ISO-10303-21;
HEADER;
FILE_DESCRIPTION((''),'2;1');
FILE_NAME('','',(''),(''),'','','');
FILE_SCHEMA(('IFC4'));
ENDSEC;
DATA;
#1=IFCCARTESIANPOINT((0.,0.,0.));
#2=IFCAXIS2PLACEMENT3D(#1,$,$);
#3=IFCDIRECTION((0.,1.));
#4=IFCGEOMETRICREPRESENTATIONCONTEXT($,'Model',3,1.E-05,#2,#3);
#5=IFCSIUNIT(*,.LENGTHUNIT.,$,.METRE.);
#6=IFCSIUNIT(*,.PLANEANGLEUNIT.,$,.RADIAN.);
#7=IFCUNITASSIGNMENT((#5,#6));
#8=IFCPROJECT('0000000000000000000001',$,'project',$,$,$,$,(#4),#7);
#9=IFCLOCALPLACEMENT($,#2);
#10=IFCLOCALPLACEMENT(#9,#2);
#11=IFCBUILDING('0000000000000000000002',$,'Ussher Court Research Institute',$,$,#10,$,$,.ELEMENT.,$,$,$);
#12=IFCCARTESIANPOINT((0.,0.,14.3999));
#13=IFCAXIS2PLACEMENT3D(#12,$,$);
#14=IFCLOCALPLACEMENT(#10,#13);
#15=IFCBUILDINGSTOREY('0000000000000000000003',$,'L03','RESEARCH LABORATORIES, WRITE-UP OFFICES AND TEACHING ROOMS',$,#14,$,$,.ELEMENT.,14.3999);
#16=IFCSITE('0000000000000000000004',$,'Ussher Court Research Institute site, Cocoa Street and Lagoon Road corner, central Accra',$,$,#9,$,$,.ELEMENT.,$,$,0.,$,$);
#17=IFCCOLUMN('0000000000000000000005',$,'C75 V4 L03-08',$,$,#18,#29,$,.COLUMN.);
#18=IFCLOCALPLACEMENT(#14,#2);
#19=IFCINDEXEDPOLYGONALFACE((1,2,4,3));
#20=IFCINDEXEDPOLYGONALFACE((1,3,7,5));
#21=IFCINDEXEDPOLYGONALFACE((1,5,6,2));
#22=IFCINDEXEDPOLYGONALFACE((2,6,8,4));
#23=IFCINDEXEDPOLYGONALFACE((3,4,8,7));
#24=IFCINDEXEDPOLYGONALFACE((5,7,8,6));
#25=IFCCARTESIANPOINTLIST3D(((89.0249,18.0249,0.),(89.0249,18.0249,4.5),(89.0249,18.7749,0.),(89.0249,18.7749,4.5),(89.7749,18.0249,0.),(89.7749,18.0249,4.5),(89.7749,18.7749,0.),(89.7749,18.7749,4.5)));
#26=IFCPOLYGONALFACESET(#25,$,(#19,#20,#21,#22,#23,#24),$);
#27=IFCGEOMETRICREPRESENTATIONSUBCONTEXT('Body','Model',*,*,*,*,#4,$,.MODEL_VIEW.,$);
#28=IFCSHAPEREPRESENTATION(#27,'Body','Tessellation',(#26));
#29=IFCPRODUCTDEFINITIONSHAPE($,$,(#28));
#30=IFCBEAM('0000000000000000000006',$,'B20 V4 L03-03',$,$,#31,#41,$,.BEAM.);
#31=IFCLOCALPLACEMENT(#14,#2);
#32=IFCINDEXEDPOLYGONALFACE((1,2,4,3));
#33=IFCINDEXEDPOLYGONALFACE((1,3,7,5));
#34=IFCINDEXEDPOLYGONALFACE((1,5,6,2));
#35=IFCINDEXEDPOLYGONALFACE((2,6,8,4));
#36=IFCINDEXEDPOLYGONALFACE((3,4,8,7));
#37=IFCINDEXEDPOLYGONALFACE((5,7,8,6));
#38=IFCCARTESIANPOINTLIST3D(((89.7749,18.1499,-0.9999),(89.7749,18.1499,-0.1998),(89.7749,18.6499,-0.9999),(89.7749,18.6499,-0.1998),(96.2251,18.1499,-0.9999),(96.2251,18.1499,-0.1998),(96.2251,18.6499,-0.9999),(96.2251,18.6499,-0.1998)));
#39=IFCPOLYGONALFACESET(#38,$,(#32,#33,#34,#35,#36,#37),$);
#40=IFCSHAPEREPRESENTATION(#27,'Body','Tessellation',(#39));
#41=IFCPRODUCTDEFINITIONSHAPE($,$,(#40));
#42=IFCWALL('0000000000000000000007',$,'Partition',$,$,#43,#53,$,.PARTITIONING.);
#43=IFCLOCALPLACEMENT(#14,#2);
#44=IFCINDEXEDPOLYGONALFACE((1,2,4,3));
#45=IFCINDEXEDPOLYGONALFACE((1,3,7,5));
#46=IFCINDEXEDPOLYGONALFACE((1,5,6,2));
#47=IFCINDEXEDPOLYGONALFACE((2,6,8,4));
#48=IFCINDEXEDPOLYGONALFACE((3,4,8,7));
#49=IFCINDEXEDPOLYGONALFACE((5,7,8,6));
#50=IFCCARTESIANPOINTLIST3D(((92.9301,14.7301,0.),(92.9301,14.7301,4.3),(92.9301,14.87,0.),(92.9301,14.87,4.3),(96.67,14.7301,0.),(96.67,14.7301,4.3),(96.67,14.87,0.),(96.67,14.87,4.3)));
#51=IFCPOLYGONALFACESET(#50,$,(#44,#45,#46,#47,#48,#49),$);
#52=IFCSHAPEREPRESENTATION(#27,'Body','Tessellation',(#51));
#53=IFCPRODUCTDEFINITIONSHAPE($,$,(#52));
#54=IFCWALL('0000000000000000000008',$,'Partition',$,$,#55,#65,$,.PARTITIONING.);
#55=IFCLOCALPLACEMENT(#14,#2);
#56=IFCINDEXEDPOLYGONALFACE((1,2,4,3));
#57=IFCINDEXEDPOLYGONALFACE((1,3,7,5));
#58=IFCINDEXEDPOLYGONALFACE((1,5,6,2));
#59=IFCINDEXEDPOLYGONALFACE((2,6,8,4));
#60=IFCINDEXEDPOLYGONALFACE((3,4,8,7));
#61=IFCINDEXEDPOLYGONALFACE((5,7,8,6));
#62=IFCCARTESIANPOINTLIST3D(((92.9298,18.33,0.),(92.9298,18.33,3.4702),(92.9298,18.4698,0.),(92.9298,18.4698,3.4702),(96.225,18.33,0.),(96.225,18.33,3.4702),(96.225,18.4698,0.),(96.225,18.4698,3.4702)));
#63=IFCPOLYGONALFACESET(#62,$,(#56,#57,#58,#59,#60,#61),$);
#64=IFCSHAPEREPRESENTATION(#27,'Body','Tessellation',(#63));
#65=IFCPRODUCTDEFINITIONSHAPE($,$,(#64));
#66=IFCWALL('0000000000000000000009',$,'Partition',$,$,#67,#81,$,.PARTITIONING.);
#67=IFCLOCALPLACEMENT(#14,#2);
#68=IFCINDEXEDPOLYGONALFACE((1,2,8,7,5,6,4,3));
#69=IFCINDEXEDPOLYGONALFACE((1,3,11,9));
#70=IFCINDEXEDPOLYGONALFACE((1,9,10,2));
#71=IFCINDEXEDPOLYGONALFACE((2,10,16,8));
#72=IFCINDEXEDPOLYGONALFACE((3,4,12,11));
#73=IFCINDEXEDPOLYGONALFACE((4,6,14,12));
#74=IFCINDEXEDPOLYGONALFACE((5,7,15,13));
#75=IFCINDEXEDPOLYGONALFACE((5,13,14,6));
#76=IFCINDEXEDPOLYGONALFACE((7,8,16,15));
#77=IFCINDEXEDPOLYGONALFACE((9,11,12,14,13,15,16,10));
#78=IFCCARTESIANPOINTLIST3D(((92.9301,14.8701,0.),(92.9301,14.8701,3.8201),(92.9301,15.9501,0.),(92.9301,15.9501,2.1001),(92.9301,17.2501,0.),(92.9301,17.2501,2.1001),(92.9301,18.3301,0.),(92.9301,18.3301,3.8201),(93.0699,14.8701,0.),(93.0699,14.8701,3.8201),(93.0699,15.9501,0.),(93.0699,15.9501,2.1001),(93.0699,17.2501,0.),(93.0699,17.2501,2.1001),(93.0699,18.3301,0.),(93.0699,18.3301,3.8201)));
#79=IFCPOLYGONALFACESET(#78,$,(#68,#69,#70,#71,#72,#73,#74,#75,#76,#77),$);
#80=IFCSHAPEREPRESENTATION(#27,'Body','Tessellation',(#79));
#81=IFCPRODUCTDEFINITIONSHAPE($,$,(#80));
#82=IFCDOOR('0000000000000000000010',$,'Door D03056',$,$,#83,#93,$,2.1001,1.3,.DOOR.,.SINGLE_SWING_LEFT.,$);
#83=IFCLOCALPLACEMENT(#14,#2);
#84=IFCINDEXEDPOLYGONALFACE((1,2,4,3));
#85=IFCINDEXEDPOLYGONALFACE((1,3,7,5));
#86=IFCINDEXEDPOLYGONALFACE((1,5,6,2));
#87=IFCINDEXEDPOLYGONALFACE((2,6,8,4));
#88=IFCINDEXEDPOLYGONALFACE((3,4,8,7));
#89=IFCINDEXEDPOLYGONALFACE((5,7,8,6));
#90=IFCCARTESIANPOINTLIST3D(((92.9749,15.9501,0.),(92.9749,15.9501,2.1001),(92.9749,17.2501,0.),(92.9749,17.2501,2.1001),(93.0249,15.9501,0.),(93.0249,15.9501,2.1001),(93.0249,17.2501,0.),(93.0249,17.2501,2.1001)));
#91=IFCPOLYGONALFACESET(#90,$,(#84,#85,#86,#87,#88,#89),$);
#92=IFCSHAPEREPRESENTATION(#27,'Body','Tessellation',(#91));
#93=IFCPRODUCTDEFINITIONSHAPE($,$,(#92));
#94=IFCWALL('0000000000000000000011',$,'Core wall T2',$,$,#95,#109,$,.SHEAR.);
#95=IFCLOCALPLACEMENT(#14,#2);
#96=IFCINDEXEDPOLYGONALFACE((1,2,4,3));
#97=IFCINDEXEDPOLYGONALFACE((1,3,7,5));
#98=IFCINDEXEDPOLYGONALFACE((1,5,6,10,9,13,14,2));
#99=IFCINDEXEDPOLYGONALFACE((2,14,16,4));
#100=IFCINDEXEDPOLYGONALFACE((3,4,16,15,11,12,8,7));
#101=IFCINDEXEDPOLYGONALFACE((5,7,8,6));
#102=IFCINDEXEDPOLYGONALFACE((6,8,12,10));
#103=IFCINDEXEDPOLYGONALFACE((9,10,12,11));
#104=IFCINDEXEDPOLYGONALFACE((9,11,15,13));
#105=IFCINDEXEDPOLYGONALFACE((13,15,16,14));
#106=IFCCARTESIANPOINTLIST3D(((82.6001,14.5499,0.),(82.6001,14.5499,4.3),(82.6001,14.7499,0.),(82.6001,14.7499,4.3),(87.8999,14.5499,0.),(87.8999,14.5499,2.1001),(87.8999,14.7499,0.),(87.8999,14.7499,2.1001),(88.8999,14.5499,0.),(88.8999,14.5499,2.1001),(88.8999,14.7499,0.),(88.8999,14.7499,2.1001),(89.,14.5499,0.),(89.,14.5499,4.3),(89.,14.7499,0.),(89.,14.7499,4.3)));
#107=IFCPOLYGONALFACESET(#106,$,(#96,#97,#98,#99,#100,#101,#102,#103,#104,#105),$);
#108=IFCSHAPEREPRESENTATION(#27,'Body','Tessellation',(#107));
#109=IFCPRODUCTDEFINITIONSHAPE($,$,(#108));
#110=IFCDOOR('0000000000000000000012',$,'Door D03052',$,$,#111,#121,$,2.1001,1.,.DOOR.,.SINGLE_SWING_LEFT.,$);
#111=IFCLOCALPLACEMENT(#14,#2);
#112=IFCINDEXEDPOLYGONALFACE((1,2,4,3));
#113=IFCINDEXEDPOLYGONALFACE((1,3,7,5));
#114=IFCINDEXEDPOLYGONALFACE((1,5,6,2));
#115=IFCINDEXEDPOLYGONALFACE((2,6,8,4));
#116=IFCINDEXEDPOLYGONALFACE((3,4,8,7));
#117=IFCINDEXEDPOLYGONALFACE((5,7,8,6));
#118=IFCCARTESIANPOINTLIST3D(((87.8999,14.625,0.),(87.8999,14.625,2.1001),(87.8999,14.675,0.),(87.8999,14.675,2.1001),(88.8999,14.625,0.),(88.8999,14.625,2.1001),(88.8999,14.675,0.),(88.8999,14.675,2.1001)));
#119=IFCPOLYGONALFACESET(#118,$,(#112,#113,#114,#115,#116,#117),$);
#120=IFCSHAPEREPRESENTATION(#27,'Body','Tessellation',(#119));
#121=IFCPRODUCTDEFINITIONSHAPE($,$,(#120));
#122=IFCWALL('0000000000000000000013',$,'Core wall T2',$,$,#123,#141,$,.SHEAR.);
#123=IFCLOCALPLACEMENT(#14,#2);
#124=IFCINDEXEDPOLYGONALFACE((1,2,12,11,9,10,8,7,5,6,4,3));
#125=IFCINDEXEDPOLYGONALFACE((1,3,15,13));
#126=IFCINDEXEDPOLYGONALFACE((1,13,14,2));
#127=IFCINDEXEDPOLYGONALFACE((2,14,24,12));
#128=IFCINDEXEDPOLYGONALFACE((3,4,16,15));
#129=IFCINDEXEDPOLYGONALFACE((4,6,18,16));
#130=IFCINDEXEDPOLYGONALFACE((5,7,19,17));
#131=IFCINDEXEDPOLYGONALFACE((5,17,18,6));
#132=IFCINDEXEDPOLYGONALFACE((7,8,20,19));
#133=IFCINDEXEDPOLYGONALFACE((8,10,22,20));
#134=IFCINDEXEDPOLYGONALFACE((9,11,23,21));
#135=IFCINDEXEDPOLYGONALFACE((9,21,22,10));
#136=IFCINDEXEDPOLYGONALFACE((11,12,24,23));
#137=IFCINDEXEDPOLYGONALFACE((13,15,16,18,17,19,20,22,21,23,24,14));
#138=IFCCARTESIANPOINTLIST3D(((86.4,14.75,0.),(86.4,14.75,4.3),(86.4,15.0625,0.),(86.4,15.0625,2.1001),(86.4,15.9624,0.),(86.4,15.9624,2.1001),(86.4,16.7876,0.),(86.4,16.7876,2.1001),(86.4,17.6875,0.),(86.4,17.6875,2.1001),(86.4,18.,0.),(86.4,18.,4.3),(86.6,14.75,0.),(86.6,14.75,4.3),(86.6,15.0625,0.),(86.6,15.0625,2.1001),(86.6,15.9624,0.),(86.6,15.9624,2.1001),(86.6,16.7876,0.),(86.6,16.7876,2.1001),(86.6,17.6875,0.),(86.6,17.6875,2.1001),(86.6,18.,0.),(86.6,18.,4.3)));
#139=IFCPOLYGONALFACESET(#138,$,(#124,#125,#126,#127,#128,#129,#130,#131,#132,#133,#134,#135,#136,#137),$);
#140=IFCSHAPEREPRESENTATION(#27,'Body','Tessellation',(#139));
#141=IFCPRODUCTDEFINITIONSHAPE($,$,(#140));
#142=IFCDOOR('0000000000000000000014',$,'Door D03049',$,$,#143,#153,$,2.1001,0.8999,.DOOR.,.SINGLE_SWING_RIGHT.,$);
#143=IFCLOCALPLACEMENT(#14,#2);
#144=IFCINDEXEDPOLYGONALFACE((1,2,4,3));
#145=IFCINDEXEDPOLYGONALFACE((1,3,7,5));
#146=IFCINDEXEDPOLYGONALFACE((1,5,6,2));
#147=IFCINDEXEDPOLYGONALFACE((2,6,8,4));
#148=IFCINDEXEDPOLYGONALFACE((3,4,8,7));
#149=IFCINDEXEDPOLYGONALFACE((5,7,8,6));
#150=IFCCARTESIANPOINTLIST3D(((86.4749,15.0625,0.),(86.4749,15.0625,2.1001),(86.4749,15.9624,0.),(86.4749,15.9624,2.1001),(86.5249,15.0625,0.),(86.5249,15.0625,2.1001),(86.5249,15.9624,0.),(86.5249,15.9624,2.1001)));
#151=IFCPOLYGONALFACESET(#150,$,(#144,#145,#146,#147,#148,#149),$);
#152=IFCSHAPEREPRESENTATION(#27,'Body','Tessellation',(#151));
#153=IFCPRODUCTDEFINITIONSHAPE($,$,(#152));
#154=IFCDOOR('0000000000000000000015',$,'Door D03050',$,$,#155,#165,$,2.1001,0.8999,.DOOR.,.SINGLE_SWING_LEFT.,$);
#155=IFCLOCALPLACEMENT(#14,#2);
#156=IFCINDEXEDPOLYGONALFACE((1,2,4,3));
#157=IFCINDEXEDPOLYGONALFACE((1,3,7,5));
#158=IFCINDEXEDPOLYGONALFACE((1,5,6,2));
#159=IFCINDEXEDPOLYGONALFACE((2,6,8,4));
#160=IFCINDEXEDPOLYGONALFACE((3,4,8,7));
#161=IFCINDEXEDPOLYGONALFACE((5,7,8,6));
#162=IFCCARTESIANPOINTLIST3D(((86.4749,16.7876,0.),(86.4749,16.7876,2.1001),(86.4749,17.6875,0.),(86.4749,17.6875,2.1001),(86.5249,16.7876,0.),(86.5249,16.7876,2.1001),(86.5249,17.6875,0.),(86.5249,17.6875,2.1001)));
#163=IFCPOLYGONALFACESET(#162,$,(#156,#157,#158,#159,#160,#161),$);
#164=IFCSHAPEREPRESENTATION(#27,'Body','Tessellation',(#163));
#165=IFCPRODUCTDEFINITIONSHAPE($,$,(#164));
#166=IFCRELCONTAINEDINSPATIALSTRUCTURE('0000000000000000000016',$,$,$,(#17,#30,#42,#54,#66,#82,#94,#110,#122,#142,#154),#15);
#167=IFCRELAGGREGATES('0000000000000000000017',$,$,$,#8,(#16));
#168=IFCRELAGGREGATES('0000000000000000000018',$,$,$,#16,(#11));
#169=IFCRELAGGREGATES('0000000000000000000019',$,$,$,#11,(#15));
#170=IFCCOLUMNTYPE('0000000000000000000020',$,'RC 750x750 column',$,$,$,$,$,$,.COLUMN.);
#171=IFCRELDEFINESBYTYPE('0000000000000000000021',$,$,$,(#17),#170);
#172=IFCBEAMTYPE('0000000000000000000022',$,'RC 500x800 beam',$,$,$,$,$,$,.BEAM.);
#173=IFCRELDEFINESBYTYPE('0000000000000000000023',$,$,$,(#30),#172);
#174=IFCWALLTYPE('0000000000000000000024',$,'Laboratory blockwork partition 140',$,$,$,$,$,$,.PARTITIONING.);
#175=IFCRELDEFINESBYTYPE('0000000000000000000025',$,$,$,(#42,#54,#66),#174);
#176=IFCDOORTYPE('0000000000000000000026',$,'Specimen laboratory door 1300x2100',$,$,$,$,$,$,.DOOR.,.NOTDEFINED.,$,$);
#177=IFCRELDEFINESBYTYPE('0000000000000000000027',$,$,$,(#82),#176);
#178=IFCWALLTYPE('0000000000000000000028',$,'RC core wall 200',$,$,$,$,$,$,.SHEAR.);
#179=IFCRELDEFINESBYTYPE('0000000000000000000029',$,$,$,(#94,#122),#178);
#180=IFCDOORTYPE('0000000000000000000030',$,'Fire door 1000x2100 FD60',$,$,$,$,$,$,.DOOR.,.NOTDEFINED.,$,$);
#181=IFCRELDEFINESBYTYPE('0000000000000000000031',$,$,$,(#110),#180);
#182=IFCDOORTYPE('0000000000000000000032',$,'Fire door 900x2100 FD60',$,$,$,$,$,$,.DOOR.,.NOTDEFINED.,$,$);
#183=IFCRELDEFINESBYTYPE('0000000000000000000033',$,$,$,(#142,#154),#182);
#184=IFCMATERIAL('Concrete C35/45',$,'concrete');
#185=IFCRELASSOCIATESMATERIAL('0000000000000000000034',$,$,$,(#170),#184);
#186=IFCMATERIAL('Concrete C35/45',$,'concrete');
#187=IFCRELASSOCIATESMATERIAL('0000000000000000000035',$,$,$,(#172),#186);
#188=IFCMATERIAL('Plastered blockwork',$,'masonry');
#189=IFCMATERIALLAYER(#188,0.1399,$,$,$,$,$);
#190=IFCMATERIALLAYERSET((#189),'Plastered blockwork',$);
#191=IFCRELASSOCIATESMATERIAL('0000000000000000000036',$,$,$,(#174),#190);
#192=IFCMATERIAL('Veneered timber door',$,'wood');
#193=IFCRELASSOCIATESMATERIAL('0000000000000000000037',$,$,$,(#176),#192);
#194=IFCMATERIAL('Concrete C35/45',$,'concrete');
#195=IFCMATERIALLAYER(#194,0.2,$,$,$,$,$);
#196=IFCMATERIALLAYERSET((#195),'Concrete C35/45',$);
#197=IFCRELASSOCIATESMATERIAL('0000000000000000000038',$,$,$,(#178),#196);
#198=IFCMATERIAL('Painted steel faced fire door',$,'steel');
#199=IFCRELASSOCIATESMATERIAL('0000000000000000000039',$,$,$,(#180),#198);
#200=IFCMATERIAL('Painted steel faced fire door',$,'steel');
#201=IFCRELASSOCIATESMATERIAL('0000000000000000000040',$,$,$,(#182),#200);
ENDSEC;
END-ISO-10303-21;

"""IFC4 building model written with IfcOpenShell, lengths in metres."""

from ifc_helpers import new_model, si_unit, direction, frame, frame_2d, origin, origin_2d, place, context, subcontext, project, spatial, rectangle, extrude, material, layer, layer_set, material_profile, profile_set, type_object, element, fill, save


model = new_model("IFC4")

# Units and contexts
model_context = context("Model", 3, precision=1e-05, world=origin(), true_north=direction((0.0, 1.0)))
body_context = subcontext(model_context, "Body", "Model", "MODEL_VIEW")
ifc_project = project(units=[si_unit("LENGTHUNIT", "METRE"), si_unit("PLANEANGLEUNIT", "RADIAN")], contexts=[model_context])

# Site, building, storey
site_placement = place(None, origin())
site = spatial("IfcSite", under=ifc_project, at=site_placement, Name="Ussher Court Research Institute site, Cocoa Street and Lagoon Road corner, central Accra", CompositionType="ELEMENT", RefElevation=0.0)
building_placement = place(site_placement, origin())
building = spatial("IfcBuilding", under=site, at=building_placement, Name="Ussher Court Research Institute", CompositionType="ELEMENT")
storey_placement = place(building_placement, frame((0.0, 0.0, 14.3999)))
storey = spatial("IfcBuildingStorey", under=building, at=storey_placement, Name="L03", Description="RESEARCH LABORATORIES, WRITE-UP OFFICES AND TEACHING ROOMS", CompositionType="ELEMENT", Elevation=14.3999)

# Column
ifc_material_1 = material(Name="Concrete C35/45", Category="concrete")
ifc_material_profile_1 = material_profile(ifc_material_1, rectangle(XDim=0.75, YDim=0.75, at=origin_2d()), Name="RC 750x750")
ifc_profile_set_1 = profile_set([ifc_material_profile_1], Name="Concrete C35/45")
column_type = type_object("IfcColumnType", Name="RC 750x750 column", PredefinedType="COLUMN", material=ifc_profile_set_1)
column_placement = place(storey_placement, frame((89.3999, 18.3999, 0.0), z_axis=(0.0, 0.0, 1.0), x_axis=(1.0, 0.0, 0.0)))
element("IfcColumn", 1, at=column_placement, inside=storey, type_object=column_type, Name="C75 V4 L03-08", PredefinedType="COLUMN", context=body_context, shape_type="SweptSolid", body=[
    extrude(rectangle(XDim=0.75, YDim=0.75, at=origin_2d()), origin(), (0.0, 0.0, 1.0), 4.5),
])

# Beam
ifc_material_2 = material(Name="Concrete C35/45", Category="concrete")
ifc_material_profile_2 = material_profile(ifc_material_2, rectangle(XDim=0.5, YDim=0.8, at=origin_2d()), Name="RC 500x800")
ifc_profile_set_2 = profile_set([ifc_material_profile_2], Name="Concrete C35/45")
beam_type = type_object("IfcBeamType", Name="RC 500x800 beam", PredefinedType="BEAM", material=ifc_profile_set_2)
beam_placement = place(storey_placement, frame((89.7749, 18.3999, -0.5999), z_axis=(1.0, 0.0, 0.0), x_axis=(0.0, 1.0, 0.0)))
element("IfcBeam", 2, at=beam_placement, inside=storey, type_object=beam_type, Name="B20 V4 L03-03", PredefinedType="BEAM", context=body_context, shape_type="SweptSolid", body=[
    extrude(rectangle(XDim=0.5, YDim=0.8, at=origin_2d()), origin(), (0.0, 0.0, 1.0), 6.4502),
])

# Walls
ifc_material_3 = material(Name="Plastered blockwork", Category="masonry")
ifc_layer_1 = layer(ifc_material_3, 0.1399)
ifc_layer_set_1 = layer_set([ifc_layer_1], Name="Plastered blockwork")
wall_type_1 = type_object("IfcWallType", Name="Laboratory blockwork partition 140", PredefinedType="PARTITIONING", material=ifc_layer_set_1)
wall_1_placement = place(storey_placement, frame((92.9299, 14.8, 0.0), z_axis=(0.0, 0.0, 1.0), x_axis=(1.0, 0.0, 0.0)))
element("IfcWall", 3, at=wall_1_placement, inside=storey, type_object=wall_type_1, Name="Partition", PredefinedType="PARTITIONING", context=body_context, shape_type="SweptSolid", body=[
    extrude(rectangle(XDim=3.74, YDim=0.1399, at=frame_2d((1.8701, 0.0))), origin(), (0.0, 0.0, 1.0), 4.3),
])
wall_2_placement = place(storey_placement, frame((92.9299, 18.3999, 0.0), z_axis=(0.0, 0.0, 1.0), x_axis=(1.0, 0.0, 0.0)))
element("IfcWall", 4, at=wall_2_placement, inside=storey, type_object=wall_type_1, Name="Partition", PredefinedType="PARTITIONING", context=body_context, shape_type="SweptSolid", body=[
    extrude(rectangle(XDim=3.2952, YDim=0.1399, at=frame_2d((1.6475, 0.0))), origin(), (0.0, 0.0, 1.0), 3.4702),
])

# Walls, openings, doors
wall_3_placement = place(storey_placement, frame((93.0, 18.3301, 0.0), z_axis=(0.0, 0.0, 1.0), x_axis=(0.0, -1.0, 0.0)))
wall_3 = element("IfcWall", 5, at=wall_3_placement, inside=storey, type_object=wall_type_1, Name="Partition", PredefinedType="PARTITIONING", context=body_context, shape_type="SweptSolid", body=[
    extrude(rectangle(XDim=3.46, YDim=0.1399, at=frame_2d((1.73, 0.0))), origin(), (0.0, 0.0, 1.0), 3.8201),
])
opening_1_placement = place(wall_3_placement, frame((1.0801, 0.0, 0.0)))
opening_1 = element("IfcOpeningElement", 6, at=opening_1_placement, cuts=wall_3, PredefinedType="OPENING", context=body_context, shape_type="SweptSolid", body=[
    extrude(rectangle(XDim=1.3, YDim=2.1001, at=frame_2d((0.6499, 1.05))), frame((0.0, 0.0801, 0.0), z_axis=(0.0, -1.0, 0.0), x_axis=(1.0, 0.0, 0.0)), (0.0, 0.0, 1.0), 0.1599),
])
ifc_material_4 = material(Name="Veneered timber door", Category="wood")
door_type_1 = type_object("IfcDoorType", Name="Specimen laboratory door 1300x2100", OperationType="NOTDEFINED", PredefinedType="DOOR", material=ifc_material_4)
door_1_placement = place(opening_1_placement, origin())
door_1 = element("IfcDoor", 7, at=door_1_placement, inside=storey, type_object=door_type_1, Name="Door D03056", OperationType="SINGLE_SWING_LEFT", OverallHeight=2.1001, OverallWidth=1.3, PredefinedType="DOOR", context=body_context, shape_type="SweptSolid", body=[
    extrude(rectangle(XDim=1.3, YDim=2.1001, at=frame_2d((0.6499, 1.05))), frame((0.0, 0.0249, 0.0), z_axis=(0.0, -1.0, 0.0), x_axis=(1.0, 0.0, 0.0)), (0.0, 0.0, 1.0), 0.05),
])
fill(opening_1, door_1)
ifc_material_5 = material(Name="Concrete C35/45", Category="concrete")
ifc_layer_2 = layer(ifc_material_5, 0.2)
ifc_layer_set_2 = layer_set([ifc_layer_2], Name="Concrete C35/45")
wall_type_2 = type_object("IfcWallType", Name="RC core wall 200", PredefinedType="SHEAR", material=ifc_layer_set_2)
wall_4_placement = place(storey_placement, frame((89.0, 14.6499, 0.0), z_axis=(0.0, 0.0, 1.0), x_axis=(-1.0, 0.0, 0.0)))
wall_4 = element("IfcWall", 8, at=wall_4_placement, inside=storey, type_object=wall_type_2, Name="Core wall T2", PredefinedType="SHEAR", context=body_context, shape_type="SweptSolid", body=[
    extrude(rectangle(XDim=6.3999, YDim=0.2, at=frame_2d((3.2, 0.0))), origin(), (0.0, 0.0, 1.0), 4.3),
])
opening_2_placement = place(wall_4_placement, frame((0.1001, 0.0, 0.0)))
opening_2 = element("IfcOpeningElement", 9, at=opening_2_placement, cuts=wall_4, PredefinedType="OPENING", context=body_context, shape_type="SweptSolid", body=[
    extrude(rectangle(XDim=1.0, YDim=2.1001, at=frame_2d((0.5, 1.05))), frame((0.0, 0.1099, 0.0), z_axis=(0.0, -1.0, 0.0), x_axis=(1.0, 0.0, 0.0)), (0.0, 0.0, 1.0), 0.22),
])
ifc_material_6 = material(Name="Painted steel faced fire door", Category="steel")
door_type_2 = type_object("IfcDoorType", Name="Fire door 1000x2100 FD60", OperationType="NOTDEFINED", PredefinedType="DOOR", material=ifc_material_6)
door_2_placement = place(opening_2_placement, origin())
door_2 = element("IfcDoor", 10, at=door_2_placement, inside=storey, type_object=door_type_2, Name="Door D03052", OperationType="SINGLE_SWING_LEFT", OverallHeight=2.1001, OverallWidth=1.0, PredefinedType="DOOR", context=body_context, shape_type="SweptSolid", body=[
    extrude(rectangle(XDim=1.0, YDim=2.1001, at=frame_2d((0.5, 1.05))), frame((0.0, 0.0249, 0.0), z_axis=(0.0, -1.0, 0.0), x_axis=(1.0, 0.0, 0.0)), (0.0, 0.0, 1.0), 0.05),
])
fill(opening_2, door_2)

# Wall, openings, doors
wall_5_placement = place(storey_placement, frame((86.5, 18.0, 0.0), z_axis=(0.0, 0.0, 1.0), x_axis=(0.0, -1.0, 0.0)))
wall_5 = element("IfcWall", 11, at=wall_5_placement, inside=storey, type_object=wall_type_2, Name="Core wall T2", PredefinedType="SHEAR", context=body_context, shape_type="SweptSolid", body=[
    extrude(rectangle(XDim=3.25, YDim=0.2, at=frame_2d((1.625, 0.0))), origin(), (0.0, 0.0, 1.0), 4.3),
])
opening_3_placement = place(wall_5_placement, frame((2.0376, 0.0, 0.0)))
opening_3 = element("IfcOpeningElement", 12, at=opening_3_placement, cuts=wall_5, PredefinedType="OPENING", context=body_context, shape_type="SweptSolid", body=[
    extrude(rectangle(XDim=0.8999, YDim=2.1001, at=frame_2d((0.45, 1.05))), frame((0.0, 0.1099, 0.0), z_axis=(0.0, -1.0, 0.0), x_axis=(1.0, 0.0, 0.0)), (0.0, 0.0, 1.0), 0.22),
])
opening_4_placement = place(wall_5_placement, frame((0.3125, 0.0, 0.0)))
opening_4 = element("IfcOpeningElement", 13, at=opening_4_placement, cuts=wall_5, PredefinedType="OPENING", context=body_context, shape_type="SweptSolid", body=[
    extrude(rectangle(XDim=0.8999, YDim=2.1001, at=frame_2d((0.45, 1.05))), frame((0.0, 0.1099, 0.0), z_axis=(0.0, -1.0, 0.0), x_axis=(1.0, 0.0, 0.0)), (0.0, 0.0, 1.0), 0.22),
])
ifc_material_7 = material(Name="Painted steel faced fire door", Category="steel")
door_type_3 = type_object("IfcDoorType", Name="Fire door 900x2100 FD60", OperationType="NOTDEFINED", PredefinedType="DOOR", material=ifc_material_7)
door_3_placement = place(opening_3_placement, origin())
door_3 = element("IfcDoor", 14, at=door_3_placement, inside=storey, type_object=door_type_3, Name="Door D03049", OperationType="SINGLE_SWING_RIGHT", OverallHeight=2.1001, OverallWidth=0.8999, PredefinedType="DOOR", context=body_context, shape_type="SweptSolid", body=[
    extrude(rectangle(XDim=0.8999, YDim=2.1001, at=frame_2d((0.45, 1.05))), frame((0.0, 0.0249, 0.0), z_axis=(0.0, -1.0, 0.0), x_axis=(1.0, 0.0, 0.0)), (0.0, 0.0, 1.0), 0.05),
])
fill(opening_3, door_3)
door_4_placement = place(opening_4_placement, origin())
door_4 = element("IfcDoor", 15, at=door_4_placement, inside=storey, type_object=door_type_3, Name="Door D03050", OperationType="SINGLE_SWING_LEFT", OverallHeight=2.1001, OverallWidth=0.8999, PredefinedType="DOOR", context=body_context, shape_type="SweptSolid", body=[
    extrude(rectangle(XDim=0.8999, YDim=2.1001, at=frame_2d((0.45, 1.05))), frame((0.0, 0.0249, 0.0), z_axis=(0.0, -1.0, 0.0), x_axis=(1.0, 0.0, 0.0)), (0.0, 0.0, 1.0), 0.05),
])
fill(opening_4, door_4)

save(model, "model.ifc")
